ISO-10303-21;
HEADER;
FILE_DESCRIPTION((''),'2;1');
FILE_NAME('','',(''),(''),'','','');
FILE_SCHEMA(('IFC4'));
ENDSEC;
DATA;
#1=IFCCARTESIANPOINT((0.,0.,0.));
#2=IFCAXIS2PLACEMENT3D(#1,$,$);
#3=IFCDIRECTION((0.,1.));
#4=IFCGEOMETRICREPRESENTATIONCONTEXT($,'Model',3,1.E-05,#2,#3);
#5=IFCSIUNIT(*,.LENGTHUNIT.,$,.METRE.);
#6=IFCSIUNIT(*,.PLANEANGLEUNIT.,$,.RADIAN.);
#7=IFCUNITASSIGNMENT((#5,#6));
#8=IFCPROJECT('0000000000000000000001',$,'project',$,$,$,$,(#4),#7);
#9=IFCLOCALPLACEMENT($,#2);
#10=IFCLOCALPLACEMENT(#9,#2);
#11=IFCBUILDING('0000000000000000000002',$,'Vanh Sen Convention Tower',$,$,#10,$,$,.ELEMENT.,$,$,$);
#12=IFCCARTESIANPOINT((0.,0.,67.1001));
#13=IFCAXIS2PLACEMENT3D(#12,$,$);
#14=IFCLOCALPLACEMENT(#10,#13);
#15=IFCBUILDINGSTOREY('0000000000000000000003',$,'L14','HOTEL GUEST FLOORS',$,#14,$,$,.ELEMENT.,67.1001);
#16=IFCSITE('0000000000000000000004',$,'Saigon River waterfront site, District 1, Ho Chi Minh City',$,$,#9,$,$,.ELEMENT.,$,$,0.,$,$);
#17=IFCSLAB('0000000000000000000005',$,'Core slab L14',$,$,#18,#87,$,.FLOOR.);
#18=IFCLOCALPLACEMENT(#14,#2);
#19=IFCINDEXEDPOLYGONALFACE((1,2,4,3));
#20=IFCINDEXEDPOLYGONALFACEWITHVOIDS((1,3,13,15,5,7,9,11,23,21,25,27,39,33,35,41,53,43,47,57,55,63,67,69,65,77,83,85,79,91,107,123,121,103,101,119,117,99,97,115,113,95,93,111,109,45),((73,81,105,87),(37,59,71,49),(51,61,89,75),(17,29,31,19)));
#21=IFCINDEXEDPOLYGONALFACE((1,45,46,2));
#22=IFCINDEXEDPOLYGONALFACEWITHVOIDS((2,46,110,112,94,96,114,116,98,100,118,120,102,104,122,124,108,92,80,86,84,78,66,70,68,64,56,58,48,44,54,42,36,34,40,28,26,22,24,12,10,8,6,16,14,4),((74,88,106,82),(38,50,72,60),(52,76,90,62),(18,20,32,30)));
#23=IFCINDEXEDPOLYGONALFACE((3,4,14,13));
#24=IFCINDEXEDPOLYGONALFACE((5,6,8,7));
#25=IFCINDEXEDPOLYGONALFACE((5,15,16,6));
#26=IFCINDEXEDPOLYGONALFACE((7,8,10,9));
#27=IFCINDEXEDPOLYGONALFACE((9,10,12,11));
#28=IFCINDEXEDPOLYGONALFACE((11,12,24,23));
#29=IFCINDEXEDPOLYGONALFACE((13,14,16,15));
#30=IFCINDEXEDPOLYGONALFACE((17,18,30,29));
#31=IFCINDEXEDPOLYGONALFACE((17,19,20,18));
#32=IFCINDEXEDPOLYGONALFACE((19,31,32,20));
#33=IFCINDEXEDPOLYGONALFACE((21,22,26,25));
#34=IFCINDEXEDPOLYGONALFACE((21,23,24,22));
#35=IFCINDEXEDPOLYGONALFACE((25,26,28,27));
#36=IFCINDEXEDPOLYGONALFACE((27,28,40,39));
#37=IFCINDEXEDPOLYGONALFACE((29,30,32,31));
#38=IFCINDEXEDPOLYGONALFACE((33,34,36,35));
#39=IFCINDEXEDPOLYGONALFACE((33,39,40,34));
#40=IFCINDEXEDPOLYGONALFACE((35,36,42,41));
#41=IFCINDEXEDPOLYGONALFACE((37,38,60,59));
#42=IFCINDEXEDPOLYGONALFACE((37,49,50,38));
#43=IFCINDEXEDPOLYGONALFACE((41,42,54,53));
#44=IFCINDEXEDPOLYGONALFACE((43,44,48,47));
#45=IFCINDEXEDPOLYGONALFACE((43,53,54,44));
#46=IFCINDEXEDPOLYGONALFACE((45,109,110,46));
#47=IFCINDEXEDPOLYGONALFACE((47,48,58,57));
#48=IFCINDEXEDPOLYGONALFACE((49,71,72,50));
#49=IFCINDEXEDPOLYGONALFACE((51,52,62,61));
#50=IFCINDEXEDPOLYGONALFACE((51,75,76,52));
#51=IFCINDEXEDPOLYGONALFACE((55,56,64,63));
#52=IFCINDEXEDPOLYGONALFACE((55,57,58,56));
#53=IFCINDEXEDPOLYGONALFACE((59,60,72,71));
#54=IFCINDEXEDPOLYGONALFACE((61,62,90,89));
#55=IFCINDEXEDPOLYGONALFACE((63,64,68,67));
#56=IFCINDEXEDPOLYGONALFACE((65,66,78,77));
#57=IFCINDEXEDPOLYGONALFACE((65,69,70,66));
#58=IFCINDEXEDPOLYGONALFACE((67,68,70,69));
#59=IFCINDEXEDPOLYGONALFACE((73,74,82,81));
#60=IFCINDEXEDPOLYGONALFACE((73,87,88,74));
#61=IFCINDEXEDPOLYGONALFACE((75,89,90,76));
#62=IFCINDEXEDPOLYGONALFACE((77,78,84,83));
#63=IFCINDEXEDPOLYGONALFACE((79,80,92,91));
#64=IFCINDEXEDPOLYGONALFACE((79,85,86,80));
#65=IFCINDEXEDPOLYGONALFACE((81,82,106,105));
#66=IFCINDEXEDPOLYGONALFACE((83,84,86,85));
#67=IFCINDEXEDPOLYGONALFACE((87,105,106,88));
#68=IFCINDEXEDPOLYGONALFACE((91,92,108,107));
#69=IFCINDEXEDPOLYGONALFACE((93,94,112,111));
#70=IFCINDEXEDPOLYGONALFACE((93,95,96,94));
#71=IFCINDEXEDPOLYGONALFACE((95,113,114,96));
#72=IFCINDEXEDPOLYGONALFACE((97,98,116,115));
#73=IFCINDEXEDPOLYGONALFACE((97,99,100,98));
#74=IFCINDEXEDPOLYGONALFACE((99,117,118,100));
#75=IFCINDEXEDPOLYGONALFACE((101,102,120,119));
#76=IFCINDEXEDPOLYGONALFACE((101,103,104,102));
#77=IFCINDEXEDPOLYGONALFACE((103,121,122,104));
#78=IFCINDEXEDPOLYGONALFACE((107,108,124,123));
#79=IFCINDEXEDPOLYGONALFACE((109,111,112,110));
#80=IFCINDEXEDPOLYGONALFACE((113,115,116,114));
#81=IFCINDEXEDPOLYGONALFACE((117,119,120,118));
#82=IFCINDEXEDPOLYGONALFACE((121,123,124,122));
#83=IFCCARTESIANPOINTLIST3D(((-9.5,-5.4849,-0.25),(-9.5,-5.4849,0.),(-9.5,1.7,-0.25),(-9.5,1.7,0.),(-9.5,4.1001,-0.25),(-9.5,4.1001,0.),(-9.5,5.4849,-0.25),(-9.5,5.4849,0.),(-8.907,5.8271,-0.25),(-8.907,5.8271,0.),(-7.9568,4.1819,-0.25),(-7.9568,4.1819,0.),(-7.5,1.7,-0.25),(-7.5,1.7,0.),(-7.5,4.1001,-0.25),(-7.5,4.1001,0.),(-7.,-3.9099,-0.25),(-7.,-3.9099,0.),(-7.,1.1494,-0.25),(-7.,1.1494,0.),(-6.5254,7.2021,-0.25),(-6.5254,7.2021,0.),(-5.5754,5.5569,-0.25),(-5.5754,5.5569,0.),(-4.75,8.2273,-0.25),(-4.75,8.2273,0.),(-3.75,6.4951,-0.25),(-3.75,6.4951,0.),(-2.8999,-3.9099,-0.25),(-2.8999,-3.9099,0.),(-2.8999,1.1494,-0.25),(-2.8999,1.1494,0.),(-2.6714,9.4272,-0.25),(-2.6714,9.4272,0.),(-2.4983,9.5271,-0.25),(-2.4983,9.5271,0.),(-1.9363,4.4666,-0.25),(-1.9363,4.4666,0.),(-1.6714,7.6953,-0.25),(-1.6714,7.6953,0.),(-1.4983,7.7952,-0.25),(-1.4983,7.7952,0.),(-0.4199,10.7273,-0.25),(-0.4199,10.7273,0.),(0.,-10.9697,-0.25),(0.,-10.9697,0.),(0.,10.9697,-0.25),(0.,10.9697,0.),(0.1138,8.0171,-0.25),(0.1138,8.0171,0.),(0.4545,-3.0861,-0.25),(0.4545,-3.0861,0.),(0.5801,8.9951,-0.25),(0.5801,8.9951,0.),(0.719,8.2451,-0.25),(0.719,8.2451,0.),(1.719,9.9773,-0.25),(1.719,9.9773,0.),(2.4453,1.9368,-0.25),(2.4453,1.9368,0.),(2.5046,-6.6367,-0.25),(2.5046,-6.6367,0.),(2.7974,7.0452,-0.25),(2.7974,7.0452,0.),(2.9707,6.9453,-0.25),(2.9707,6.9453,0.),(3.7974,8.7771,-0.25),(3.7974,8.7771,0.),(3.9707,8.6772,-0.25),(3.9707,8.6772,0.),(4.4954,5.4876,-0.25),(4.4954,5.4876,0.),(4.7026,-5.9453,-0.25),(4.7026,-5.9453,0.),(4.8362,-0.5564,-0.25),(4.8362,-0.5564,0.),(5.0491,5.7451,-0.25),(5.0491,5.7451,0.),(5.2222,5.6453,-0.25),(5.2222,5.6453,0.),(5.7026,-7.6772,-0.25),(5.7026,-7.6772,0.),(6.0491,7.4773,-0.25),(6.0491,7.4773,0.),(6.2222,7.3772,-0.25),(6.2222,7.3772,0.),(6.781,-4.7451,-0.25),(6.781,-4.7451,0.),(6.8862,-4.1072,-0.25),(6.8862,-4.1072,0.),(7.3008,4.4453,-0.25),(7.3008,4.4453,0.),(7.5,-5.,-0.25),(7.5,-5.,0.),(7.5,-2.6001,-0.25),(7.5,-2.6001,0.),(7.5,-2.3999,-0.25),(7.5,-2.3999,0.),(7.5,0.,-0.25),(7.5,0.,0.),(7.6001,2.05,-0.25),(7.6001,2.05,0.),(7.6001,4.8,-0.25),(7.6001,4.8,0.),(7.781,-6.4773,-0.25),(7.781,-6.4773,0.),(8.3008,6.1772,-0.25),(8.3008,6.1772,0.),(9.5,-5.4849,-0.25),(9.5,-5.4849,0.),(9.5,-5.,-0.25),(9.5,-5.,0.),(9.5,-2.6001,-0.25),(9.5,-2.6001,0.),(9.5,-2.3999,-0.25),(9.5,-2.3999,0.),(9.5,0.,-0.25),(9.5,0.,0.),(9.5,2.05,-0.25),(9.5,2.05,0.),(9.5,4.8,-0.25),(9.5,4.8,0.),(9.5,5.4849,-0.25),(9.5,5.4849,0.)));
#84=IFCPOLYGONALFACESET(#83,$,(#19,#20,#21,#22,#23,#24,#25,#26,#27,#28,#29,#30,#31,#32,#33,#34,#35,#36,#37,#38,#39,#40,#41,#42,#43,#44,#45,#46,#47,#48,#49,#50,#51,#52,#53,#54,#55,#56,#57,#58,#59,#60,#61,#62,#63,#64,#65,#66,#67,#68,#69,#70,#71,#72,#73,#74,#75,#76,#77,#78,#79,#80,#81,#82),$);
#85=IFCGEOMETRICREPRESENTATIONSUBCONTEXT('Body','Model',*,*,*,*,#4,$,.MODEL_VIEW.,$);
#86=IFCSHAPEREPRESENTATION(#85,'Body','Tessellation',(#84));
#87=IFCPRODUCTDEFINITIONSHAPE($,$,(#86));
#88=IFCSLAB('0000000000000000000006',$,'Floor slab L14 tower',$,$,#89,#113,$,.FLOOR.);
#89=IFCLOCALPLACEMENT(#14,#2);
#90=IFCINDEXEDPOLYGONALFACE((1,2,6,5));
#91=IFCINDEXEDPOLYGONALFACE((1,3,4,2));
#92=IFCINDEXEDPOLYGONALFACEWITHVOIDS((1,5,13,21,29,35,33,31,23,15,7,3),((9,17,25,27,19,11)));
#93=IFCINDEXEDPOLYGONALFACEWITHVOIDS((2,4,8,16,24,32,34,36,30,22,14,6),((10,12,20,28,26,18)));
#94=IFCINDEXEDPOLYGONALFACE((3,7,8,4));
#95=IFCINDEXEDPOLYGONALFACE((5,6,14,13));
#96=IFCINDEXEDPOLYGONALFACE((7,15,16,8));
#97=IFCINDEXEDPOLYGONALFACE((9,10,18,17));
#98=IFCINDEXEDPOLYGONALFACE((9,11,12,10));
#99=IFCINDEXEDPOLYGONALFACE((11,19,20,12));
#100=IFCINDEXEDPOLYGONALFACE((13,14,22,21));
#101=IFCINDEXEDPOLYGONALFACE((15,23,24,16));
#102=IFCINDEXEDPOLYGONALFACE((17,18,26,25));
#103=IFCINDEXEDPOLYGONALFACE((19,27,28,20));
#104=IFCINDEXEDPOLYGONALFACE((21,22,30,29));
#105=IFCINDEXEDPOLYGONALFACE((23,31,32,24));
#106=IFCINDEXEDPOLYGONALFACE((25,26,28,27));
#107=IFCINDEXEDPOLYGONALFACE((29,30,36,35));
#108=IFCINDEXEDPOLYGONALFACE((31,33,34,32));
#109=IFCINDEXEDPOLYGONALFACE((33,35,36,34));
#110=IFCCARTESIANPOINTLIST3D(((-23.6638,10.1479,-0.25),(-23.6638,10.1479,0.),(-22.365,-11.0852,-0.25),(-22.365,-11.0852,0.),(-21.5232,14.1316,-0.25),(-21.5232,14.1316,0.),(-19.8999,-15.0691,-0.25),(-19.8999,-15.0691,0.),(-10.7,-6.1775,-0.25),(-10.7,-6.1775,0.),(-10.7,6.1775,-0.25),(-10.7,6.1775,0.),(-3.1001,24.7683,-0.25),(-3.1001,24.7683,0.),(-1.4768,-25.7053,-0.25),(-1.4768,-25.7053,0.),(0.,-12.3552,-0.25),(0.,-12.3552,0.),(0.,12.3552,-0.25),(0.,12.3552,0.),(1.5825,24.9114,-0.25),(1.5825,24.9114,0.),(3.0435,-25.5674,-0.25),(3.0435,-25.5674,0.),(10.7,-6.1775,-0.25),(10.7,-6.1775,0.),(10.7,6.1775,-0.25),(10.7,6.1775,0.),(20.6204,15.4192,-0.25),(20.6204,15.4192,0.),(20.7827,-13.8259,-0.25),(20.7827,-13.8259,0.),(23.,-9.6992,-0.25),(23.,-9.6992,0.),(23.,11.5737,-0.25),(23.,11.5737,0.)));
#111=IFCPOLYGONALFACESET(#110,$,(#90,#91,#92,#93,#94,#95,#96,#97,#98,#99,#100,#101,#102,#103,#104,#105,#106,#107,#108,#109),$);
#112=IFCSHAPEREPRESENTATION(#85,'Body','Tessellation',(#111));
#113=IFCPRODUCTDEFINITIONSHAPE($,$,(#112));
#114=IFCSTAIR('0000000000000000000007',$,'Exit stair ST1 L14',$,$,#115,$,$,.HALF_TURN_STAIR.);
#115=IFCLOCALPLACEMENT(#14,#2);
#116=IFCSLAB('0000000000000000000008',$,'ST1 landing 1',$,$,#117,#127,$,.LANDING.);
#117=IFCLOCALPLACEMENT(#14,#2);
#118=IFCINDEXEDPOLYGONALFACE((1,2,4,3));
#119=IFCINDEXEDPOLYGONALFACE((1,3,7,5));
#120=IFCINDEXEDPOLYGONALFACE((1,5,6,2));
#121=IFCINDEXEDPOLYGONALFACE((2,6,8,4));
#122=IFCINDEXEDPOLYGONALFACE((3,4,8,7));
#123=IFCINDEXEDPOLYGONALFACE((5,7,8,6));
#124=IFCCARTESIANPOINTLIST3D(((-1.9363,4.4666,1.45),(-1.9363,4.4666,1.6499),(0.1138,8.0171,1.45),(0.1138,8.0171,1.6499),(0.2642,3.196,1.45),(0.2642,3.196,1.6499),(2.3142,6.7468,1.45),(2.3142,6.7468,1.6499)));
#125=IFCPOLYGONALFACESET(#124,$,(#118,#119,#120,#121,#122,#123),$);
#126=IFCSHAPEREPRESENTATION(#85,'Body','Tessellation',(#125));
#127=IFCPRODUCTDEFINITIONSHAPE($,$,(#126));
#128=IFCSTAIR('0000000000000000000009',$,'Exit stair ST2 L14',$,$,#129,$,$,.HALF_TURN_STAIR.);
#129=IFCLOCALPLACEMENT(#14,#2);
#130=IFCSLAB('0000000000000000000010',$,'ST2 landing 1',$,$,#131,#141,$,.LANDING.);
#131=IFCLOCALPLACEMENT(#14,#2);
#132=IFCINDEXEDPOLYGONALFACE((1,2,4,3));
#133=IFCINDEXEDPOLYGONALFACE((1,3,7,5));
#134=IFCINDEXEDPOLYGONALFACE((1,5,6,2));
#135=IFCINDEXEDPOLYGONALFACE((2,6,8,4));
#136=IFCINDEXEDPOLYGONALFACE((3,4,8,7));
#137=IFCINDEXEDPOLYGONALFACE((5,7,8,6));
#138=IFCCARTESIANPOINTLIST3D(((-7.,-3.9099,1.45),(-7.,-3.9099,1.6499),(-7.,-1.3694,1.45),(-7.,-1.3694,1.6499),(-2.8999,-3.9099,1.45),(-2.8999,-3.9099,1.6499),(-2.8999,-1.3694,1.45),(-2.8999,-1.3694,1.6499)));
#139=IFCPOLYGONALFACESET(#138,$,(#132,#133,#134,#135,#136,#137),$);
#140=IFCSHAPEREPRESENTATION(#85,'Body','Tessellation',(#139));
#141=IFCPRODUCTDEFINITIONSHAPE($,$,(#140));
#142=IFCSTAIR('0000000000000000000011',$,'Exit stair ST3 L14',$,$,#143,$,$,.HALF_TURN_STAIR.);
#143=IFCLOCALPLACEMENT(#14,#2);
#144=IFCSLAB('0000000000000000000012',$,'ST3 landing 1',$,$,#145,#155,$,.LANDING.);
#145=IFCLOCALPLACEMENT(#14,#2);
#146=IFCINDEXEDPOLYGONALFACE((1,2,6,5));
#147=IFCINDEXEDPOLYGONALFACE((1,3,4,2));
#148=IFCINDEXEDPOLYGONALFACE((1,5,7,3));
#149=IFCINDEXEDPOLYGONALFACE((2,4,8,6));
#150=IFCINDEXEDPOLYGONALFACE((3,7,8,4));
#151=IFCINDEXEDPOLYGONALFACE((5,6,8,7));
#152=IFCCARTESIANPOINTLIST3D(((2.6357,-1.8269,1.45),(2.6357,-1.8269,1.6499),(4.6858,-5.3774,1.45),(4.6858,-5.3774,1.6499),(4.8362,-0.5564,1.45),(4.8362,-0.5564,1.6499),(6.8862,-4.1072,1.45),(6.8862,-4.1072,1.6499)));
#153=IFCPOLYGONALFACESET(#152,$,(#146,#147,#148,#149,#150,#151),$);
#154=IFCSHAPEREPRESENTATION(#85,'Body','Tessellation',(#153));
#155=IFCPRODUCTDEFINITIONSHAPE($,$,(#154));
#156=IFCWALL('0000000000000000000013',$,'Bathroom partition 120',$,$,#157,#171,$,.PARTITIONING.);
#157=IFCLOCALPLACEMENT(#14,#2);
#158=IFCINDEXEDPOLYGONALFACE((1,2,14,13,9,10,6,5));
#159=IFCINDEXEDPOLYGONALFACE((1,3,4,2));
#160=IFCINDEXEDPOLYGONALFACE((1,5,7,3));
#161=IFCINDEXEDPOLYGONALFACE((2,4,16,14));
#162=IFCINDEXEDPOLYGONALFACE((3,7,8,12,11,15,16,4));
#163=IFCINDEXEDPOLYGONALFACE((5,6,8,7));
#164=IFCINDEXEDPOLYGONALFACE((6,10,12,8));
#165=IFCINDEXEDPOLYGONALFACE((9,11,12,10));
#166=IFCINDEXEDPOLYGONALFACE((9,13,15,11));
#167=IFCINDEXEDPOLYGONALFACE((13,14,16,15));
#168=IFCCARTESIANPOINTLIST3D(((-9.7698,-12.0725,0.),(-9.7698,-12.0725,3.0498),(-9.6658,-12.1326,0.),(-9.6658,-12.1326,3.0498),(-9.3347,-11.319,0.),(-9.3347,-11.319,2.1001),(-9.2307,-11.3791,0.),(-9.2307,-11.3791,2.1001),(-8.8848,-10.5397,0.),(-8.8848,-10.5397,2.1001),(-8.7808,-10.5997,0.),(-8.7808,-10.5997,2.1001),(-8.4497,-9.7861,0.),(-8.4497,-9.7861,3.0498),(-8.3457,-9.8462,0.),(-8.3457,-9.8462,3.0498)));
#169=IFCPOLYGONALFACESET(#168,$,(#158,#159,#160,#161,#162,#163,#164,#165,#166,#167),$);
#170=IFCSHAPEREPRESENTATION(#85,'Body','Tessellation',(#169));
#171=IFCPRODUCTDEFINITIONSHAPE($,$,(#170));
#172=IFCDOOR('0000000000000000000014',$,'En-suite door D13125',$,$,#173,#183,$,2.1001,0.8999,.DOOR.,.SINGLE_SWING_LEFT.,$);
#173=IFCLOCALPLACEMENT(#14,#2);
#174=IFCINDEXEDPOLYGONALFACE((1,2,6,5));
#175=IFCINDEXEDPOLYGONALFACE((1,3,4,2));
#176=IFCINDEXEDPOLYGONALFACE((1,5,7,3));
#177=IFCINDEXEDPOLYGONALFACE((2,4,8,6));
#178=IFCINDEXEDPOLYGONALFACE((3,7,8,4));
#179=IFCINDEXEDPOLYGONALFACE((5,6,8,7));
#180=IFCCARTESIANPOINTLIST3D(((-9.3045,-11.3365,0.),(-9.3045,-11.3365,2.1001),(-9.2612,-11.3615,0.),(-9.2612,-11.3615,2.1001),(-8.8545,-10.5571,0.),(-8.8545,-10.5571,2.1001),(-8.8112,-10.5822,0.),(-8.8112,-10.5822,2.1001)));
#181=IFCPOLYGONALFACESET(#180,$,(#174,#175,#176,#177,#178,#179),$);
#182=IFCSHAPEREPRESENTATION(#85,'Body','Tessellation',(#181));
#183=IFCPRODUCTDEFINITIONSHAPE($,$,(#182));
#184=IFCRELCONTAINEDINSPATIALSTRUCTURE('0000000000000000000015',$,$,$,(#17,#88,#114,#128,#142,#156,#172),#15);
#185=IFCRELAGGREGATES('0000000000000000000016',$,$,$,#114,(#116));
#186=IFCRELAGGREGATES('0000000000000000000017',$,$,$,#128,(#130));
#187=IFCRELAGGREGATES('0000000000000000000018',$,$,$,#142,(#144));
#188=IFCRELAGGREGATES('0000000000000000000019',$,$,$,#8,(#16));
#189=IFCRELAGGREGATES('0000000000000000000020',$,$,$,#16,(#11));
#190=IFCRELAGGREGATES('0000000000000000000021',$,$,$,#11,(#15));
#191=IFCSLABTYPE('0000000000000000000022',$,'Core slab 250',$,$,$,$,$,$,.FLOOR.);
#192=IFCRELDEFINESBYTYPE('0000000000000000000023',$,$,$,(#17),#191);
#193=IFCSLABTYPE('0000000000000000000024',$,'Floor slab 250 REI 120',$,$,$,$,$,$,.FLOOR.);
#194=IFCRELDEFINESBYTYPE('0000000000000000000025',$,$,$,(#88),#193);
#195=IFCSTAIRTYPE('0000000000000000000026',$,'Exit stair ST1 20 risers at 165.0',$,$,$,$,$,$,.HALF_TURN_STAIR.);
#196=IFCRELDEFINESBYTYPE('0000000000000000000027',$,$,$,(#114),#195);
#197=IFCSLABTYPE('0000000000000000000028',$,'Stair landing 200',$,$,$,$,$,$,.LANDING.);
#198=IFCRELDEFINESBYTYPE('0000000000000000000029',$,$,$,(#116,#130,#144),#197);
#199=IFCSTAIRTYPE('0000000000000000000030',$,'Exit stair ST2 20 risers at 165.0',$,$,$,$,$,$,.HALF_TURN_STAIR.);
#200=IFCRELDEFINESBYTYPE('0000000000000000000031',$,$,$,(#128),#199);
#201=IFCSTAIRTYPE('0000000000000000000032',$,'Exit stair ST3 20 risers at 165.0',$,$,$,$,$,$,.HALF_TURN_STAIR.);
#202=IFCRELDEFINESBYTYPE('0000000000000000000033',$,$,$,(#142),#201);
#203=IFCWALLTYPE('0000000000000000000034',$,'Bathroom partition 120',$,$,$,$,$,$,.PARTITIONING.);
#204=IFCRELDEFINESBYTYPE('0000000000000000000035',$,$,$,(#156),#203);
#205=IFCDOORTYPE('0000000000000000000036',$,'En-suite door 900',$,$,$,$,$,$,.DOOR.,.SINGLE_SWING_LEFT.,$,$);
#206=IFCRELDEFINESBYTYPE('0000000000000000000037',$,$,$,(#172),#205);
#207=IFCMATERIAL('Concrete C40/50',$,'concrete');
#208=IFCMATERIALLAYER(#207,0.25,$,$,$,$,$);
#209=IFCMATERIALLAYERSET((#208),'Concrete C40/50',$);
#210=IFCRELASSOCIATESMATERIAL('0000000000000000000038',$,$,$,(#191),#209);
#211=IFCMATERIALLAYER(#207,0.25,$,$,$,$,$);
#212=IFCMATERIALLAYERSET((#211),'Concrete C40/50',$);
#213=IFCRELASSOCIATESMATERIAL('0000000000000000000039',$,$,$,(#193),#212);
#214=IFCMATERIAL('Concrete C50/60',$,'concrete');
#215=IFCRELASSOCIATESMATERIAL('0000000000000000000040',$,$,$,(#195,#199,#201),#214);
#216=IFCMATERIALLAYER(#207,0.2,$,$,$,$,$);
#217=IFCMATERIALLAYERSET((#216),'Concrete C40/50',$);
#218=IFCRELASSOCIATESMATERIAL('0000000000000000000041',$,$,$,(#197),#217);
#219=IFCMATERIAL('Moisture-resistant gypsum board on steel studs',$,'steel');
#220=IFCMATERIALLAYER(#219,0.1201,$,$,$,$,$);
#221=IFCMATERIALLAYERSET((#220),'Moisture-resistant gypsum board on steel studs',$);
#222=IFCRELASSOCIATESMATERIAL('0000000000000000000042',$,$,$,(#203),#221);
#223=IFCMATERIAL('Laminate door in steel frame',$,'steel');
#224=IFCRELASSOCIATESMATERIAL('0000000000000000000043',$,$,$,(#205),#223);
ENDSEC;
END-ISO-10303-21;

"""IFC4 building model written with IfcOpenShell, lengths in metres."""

from ifc_helpers import new_model, si_unit, direction, frame, frame_2d, origin, place, context, subcontext, project, spatial, polyline, rectangle, outline, extrude, material, layer, layer_set, type_object, element, fill, aggregate, save


model = new_model("IFC4")

# Units and contexts
model_context = context("Model", 3, precision=1e-05, world=origin(), true_north=direction((0.0, 1.0)))
body_context = subcontext(model_context, "Body", "Model", "MODEL_VIEW")
ifc_project = project(units=[si_unit("LENGTHUNIT", "METRE"), si_unit("PLANEANGLEUNIT", "RADIAN")], contexts=[model_context])

# Site, building, storey
site_placement = place(None, origin())
site = spatial("IfcSite", under=ifc_project, at=site_placement, Name="Saigon River waterfront site, District 1, Ho Chi Minh City", CompositionType="ELEMENT", RefElevation=0.0)
building_placement = place(site_placement, origin())
building = spatial("IfcBuilding", under=site, at=building_placement, Name="Vanh Sen Convention Tower", CompositionType="ELEMENT")
storey_placement = place(building_placement, frame((0.0, 0.0, 67.1001)))
storey = spatial("IfcBuildingStorey", under=building, at=storey_placement, Name="L14", Description="HOTEL GUEST FLOORS", CompositionType="ELEMENT", Elevation=67.1001)

# Slabs
ifc_material_1 = material(Name="Concrete C40/50", Category="concrete")
ifc_layer_1 = layer(ifc_material_1, 0.25)
ifc_layer_set_1 = layer_set([ifc_layer_1], Name="Concrete C40/50")
slab_type_1 = type_object("IfcSlabType", Name="Core slab 250", PredefinedType="FLOOR", material=ifc_layer_set_1)
slab_1_placement = place(storey_placement, frame((0.0, 0.0, -0.25)))
element("IfcSlab", 1, at=slab_1_placement, inside=storey, type_object=slab_type_1, Name="Core slab L14", PredefinedType="FLOOR", context=body_context, shape_type="SweptSolid", body=[
    extrude(outline(polyline([(9.5, 5.4849), (9.5, 4.8), (7.6001, 4.8), (7.6001, 2.05), (9.5, 2.05), (9.5, 0.0), (7.5, 0.0), (7.5, -2.3999), (9.5, -2.3999), (9.5, -2.6001), (7.5, -2.6001), (7.5, -5.0), (9.5, -5.0), (9.5, -5.4849), (0.0, -10.9697), (-9.5, -5.4849), (-9.5, 1.7), (-7.5, 1.7), (-7.5, 4.1001), (-9.5, 4.1001), (-9.5, 5.4849), (-8.907, 5.8271), (-7.9568, 4.1819), (-5.5754, 5.5569), (-6.5254, 7.2021), (-4.75, 8.2273), (-3.75, 6.4951), (-1.6714, 7.6953), (-2.6714, 9.4272), (-2.4983, 9.5271), (-1.4983, 7.7952), (0.5801, 8.9951), (-0.4199, 10.7273), (0.0, 10.9697), (1.719, 9.9773), (0.719, 8.2451), (2.7974, 7.0452), (3.7974, 8.7771), (3.9707, 8.6772), (2.9707, 6.9453), (5.0491, 5.7451), (6.0491, 7.4773), (6.2222, 7.3772), (5.2222, 5.6453), (7.3008, 4.4453), (8.3008, 6.1772), (9.5, 5.4849)]), holes=[polyline([(-7.0, 3.1499), (-7.0, -3.9099), (-2.8999, -3.9099), (-2.8999, 3.1499), (-2.8999, 1.1494), (-7.0, 1.1494), (-7.0, 3.1499)]), polyline([(4.4954, 5.4875), (6.228, 4.4873), (0.1138, 8.0171), (-1.9363, 4.4666), (2.4453, 1.9368), (4.4954, 5.4875)]), polyline([(7.781, -6.4773), (6.781, -4.7451), (4.7026, -5.9453), (5.7026, -7.6772), (7.781, -6.4773)]), polyline([(0.4546, -3.0862), (2.5046, -6.6367), (6.8862, -4.1072), (4.8362, -0.5564), (-1.2781, -4.0864), (0.4546, -3.0862)])]), origin(), (0.0, 0.0, 1.0), 0.25),
])
ifc_layer_2 = layer(ifc_material_1, 0.25)
ifc_layer_set_2 = layer_set([ifc_layer_2], Name="Concrete C40/50")
slab_type_2 = type_object("IfcSlabType", Name="Floor slab 250 REI 120", PredefinedType="FLOOR", material=ifc_layer_set_2)
slab_2_placement = place(storey_placement, frame((0.0, 0.0, -0.25)))
element("IfcSlab", 2, at=slab_2_placement, inside=storey, type_object=slab_type_2, Name="Floor slab L14 tower", PredefinedType="FLOOR", context=body_context, shape_type="SweptSolid", body=[
    extrude(outline(polyline([(23.0, -9.6992), (23.0, 11.5737), (20.6204, 15.4192), (1.5825, 24.9114), (-3.1001, 24.7683), (-21.5232, 14.1316), (-23.6638, 10.1479), (-22.365, -11.0852), (-19.8999, -15.0691), (-1.4768, -25.7053), (3.0435, -25.5674), (20.7827, -13.8259), (23.0, -9.6992)]), holes=[polyline([(0.0, 12.3552), (-10.7, 6.1775), (-10.7, -6.1775), (0.0, -12.3552), (10.7, -6.1775), (10.7, 6.1775), (0.0, 12.3552)])]), origin(), (0.0, 0.0, 1.0), 0.25),
])

# Stairs, slabs
ifc_material_2 = material(Name="Concrete C50/60", Category="concrete")
stair_type_1 = type_object("IfcStairType", Name="Exit stair ST1 20 risers at 165.0", PredefinedType="HALF_TURN_STAIR", material=ifc_material_2)
stair_1_placement = place(storey_placement, origin())
stair_1 = element("IfcStair", 3, at=stair_1_placement, inside=storey, type_object=stair_type_1, Name="Exit stair ST1 L14", PredefinedType="HALF_TURN_STAIR")
ifc_layer_3 = layer(ifc_material_1, 0.2)
ifc_layer_set_3 = layer_set([ifc_layer_3], Name="Concrete C40/50")
slab_type_3 = type_object("IfcSlabType", Name="Stair landing 200", PredefinedType="LANDING", material=ifc_layer_set_3)
slab_3_placement = place(storey_placement, frame((0.0, 0.0, 1.45)))
slab_3 = element("IfcSlab", 4, at=slab_3_placement, type_object=slab_type_3, Name="ST1 landing 1", PredefinedType="LANDING", context=body_context, shape_type="SweptSolid", body=[
    extrude(outline(polyline([(2.3142, 6.7468), (0.1138, 8.0171), (-1.9363, 4.4666), (0.2642, 3.196), (2.3142, 6.7468)])), origin(), (0.0, 0.0, 1.0), 0.2),
])
aggregate(stair_1, [slab_3])
stair_type_2 = type_object("IfcStairType", Name="Exit stair ST2 20 risers at 165.0", PredefinedType="HALF_TURN_STAIR", material=ifc_material_2)
stair_2_placement = place(storey_placement, origin())
stair_2 = element("IfcStair", 5, at=stair_2_placement, inside=storey, type_object=stair_type_2, Name="Exit stair ST2 L14", PredefinedType="HALF_TURN_STAIR")
slab_4_placement = place(storey_placement, frame((0.0, 0.0, 1.45)))
slab_4 = element("IfcSlab", 6, at=slab_4_placement, type_object=slab_type_3, Name="ST2 landing 1", PredefinedType="LANDING", context=body_context, shape_type="SweptSolid", body=[
    extrude(outline(polyline([(-7.0, -1.3694), (-7.0, -3.9099), (-2.8999, -3.9099), (-2.8999, -1.3694), (-7.0, -1.3694)])), origin(), (0.0, 0.0, 1.0), 0.2),
])
aggregate(stair_2, [slab_4])
stair_type_3 = type_object("IfcStairType", Name="Exit stair ST3 20 risers at 165.0", PredefinedType="HALF_TURN_STAIR", material=ifc_material_2)
stair_3_placement = place(storey_placement, origin())
stair_3 = element("IfcStair", 7, at=stair_3_placement, inside=storey, type_object=stair_type_3, Name="Exit stair ST3 L14", PredefinedType="HALF_TURN_STAIR")
slab_5_placement = place(storey_placement, frame((0.0, 0.0, 1.45)))
slab_5 = element("IfcSlab", 8, at=slab_5_placement, type_object=slab_type_3, Name="ST3 landing 1", PredefinedType="LANDING", context=body_context, shape_type="SweptSolid", body=[
    extrude(outline(polyline([(4.6858, -5.3774), (6.8862, -4.1072), (4.8362, -0.5564), (2.6357, -1.8269), (4.6858, -5.3774)])), origin(), (0.0, 0.0, 1.0), 0.2),
])
aggregate(stair_3, [slab_5])

# Wall, opening, door
ifc_material_3 = material(Name="Moisture-resistant gypsum board on steel studs", Category="steel")
ifc_layer_4 = layer(ifc_material_3, 0.1201)
ifc_layer_set_4 = layer_set([ifc_layer_4], Name="Moisture-resistant gypsum board on steel studs")
wall_type_1 = type_object("IfcWallType", Name="Bathroom partition 120", PredefinedType="PARTITIONING", material=ifc_layer_set_4)
wall_1_placement = place(storey_placement, frame((-8.3977, -9.8162, 0.0), z_axis=(0.0, 0.0, 1.0), x_axis=(-0.500008, -0.866021, 0.0)))
wall_1 = element("IfcWall", 9, at=wall_1_placement, inside=storey, type_object=wall_type_1, Name="Bathroom partition 120", PredefinedType="PARTITIONING", context=body_context, shape_type="SweptSolid", body=[
    extrude(rectangle(XDim=2.6401, YDim=0.1201, at=frame_2d((1.3201, 0.0))), origin(), (0.0, 0.0, 1.0), 3.0498),
])
opening_1_placement = place(wall_1_placement, frame((0.8701, 0.0, 0.0)))
opening_1 = element("IfcOpeningElement", 10, at=opening_1_placement, cuts=wall_1, PredefinedType="OPENING", context=body_context, shape_type="SweptSolid", body=[
    extrude(rectangle(XDim=0.8999, YDim=2.1001, at=frame_2d((0.45, 1.05))), frame((0.0, 0.0701, 0.0), z_axis=(0.0, -1.0, 0.0), x_axis=(1.0, 0.0, 0.0)), (0.0, 0.0, 1.0), 0.1401),
])
ifc_material_4 = material(Name="Laminate door in steel frame", Category="steel")
door_type_1 = type_object("IfcDoorType", Name="En-suite door 900", OperationType="SINGLE_SWING_LEFT", PredefinedType="DOOR", material=ifc_material_4)
door_1_placement = place(opening_1_placement, origin())
door_1 = element("IfcDoor", 11, at=door_1_placement, inside=storey, type_object=door_type_1, Name="En-suite door D13125", OperationType="SINGLE_SWING_LEFT", OverallHeight=2.1001, OverallWidth=0.8999, PredefinedType="DOOR", context=body_context, shape_type="SweptSolid", body=[
    extrude(rectangle(XDim=0.8999, YDim=2.1001, at=frame_2d((0.45, 1.05))), frame((0.0, 0.0249, 0.0), z_axis=(0.0, -1.0, 0.0), x_axis=(1.0, 0.0, 0.0)), (0.0, 0.0, 1.0), 0.05),
])
fill(opening_1, door_1)

save(model, "model.ifc")
